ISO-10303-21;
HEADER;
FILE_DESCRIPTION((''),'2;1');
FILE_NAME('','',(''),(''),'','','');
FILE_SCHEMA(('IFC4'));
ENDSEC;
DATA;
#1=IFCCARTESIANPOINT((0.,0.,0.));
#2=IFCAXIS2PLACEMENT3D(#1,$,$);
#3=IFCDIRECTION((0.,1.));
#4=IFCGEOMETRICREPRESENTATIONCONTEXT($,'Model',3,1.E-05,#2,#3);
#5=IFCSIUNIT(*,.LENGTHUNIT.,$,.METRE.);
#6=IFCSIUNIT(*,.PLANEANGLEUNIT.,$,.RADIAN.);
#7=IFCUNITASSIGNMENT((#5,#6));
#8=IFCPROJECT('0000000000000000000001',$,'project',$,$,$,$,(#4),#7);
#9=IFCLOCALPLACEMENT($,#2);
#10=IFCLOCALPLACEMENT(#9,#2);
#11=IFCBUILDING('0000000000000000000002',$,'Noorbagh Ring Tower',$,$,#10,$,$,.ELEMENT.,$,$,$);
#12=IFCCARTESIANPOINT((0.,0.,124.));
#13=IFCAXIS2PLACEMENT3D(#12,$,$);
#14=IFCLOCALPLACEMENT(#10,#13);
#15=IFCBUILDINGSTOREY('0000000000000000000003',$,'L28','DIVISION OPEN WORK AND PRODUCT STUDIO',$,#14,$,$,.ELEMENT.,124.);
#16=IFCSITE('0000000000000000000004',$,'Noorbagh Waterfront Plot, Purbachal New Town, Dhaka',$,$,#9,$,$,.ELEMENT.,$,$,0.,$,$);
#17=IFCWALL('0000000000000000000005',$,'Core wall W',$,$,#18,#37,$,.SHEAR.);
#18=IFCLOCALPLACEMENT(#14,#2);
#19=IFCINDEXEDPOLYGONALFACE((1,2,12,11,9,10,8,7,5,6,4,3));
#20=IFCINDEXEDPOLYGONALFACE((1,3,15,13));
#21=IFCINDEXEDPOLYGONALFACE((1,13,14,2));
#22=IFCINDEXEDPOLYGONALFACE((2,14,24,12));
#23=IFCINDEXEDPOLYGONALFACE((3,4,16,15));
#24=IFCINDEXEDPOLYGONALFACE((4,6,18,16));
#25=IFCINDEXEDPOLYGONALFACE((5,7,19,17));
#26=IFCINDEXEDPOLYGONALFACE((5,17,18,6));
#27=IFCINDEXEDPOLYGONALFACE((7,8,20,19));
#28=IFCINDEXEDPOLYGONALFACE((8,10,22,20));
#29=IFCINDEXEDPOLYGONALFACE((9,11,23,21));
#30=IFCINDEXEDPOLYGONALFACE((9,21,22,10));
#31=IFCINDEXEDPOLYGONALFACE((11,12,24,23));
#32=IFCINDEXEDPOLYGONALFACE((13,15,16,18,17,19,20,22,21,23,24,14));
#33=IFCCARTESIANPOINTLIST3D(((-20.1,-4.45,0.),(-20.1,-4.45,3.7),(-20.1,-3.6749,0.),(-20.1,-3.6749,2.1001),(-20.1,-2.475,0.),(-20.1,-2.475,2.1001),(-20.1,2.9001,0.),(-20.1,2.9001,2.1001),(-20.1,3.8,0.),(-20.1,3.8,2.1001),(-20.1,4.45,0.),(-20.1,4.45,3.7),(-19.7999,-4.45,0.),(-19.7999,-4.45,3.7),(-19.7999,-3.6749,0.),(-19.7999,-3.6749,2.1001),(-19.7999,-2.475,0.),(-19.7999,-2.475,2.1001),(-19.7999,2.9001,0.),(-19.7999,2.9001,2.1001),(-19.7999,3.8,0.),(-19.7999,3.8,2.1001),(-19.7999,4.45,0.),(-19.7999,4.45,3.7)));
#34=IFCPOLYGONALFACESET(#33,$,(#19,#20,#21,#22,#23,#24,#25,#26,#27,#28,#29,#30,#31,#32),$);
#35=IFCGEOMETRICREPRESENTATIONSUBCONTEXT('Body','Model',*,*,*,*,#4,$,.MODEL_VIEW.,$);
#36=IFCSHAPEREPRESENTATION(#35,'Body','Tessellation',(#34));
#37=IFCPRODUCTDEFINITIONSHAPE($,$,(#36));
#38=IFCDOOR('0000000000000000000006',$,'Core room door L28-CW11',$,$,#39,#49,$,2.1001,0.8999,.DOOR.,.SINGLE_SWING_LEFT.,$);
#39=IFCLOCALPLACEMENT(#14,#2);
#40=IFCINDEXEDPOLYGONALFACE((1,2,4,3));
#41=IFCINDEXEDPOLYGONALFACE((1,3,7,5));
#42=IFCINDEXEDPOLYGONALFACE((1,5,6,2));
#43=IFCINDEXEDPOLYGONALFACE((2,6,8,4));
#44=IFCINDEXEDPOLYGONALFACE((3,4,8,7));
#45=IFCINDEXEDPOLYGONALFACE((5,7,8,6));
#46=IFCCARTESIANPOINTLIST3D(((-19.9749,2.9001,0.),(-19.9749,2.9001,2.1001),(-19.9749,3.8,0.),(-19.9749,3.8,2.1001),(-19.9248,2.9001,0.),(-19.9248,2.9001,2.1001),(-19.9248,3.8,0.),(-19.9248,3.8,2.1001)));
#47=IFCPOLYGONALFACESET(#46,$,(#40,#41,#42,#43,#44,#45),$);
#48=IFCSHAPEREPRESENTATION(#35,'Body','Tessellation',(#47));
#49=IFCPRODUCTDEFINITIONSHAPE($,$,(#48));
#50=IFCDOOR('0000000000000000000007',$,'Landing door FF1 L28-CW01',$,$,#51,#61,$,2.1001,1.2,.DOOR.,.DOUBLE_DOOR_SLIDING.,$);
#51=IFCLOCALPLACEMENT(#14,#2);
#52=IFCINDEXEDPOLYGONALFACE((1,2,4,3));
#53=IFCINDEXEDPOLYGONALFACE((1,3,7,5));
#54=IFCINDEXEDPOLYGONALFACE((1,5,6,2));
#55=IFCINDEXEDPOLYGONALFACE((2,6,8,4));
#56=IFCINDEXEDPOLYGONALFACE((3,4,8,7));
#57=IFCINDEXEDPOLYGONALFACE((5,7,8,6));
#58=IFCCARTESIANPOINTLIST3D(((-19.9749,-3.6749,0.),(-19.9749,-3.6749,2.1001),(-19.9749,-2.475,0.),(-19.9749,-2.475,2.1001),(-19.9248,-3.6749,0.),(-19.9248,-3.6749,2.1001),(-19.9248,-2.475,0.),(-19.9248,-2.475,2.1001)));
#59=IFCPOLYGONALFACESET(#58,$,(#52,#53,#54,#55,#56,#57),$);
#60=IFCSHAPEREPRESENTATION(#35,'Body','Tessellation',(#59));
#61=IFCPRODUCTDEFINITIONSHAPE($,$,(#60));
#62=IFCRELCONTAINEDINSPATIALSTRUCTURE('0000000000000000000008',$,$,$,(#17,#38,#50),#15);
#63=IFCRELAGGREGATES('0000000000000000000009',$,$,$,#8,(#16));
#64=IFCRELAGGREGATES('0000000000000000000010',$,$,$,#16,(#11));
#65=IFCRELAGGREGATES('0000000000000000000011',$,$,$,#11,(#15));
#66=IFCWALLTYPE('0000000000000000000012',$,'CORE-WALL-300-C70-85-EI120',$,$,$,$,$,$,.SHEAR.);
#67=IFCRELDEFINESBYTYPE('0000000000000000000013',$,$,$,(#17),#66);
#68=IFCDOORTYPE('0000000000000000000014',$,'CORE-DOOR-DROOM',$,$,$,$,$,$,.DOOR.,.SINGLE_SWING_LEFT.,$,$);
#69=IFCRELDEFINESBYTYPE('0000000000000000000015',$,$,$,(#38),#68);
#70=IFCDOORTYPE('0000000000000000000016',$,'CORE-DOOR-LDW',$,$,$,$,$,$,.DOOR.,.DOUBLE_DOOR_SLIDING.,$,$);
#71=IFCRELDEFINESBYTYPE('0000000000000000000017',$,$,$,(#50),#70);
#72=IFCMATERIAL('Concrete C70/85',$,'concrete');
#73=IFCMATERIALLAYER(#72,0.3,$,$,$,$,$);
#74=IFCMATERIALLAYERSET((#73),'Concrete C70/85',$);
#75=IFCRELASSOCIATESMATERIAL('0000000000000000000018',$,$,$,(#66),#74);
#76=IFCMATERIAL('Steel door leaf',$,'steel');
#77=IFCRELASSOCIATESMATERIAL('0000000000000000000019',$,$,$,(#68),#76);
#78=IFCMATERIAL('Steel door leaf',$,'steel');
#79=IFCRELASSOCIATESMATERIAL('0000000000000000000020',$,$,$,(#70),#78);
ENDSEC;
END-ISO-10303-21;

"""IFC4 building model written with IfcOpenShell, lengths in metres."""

from ifc_helpers import new_model, si_unit, direction, frame, frame_2d, origin, place, context, subcontext, project, spatial, rectangle, extrude, material, layer, layer_set, type_object, element, fill, save


model = new_model("IFC4")

# Units and contexts
model_context = context("Model", 3, precision=1e-05, world=origin(), true_north=direction((0.0, 1.0)))
body_context = subcontext(model_context, "Body", "Model", "MODEL_VIEW")
ifc_project = project(units=[si_unit("LENGTHUNIT", "METRE"), si_unit("PLANEANGLEUNIT", "RADIAN")], contexts=[model_context])

# Site, building, storey
site_placement = place(None, origin())
site = spatial("IfcSite", under=ifc_project, at=site_placement, Name="Noorbagh Waterfront Plot, Purbachal New Town, Dhaka", CompositionType="ELEMENT", RefElevation=0.0)
building_placement = place(site_placement, origin())
building = spatial("IfcBuilding", under=site, at=building_placement, Name="Noorbagh Ring Tower", CompositionType="ELEMENT")
storey_placement = place(building_placement, frame((0.0, 0.0, 124.0)))
storey = spatial("IfcBuildingStorey", under=building, at=storey_placement, Name="L28", Description="DIVISION OPEN WORK AND PRODUCT STUDIO", CompositionType="ELEMENT", Elevation=124.0)

# Shared definitions
ifc_material_1 = material(Name="Concrete C70/85", Category="concrete")
ifc_layer_1 = layer(ifc_material_1, 0.3)
ifc_layer_set_1 = layer_set([ifc_layer_1], Name="Concrete C70/85")
wall_type_1 = type_object("IfcWallType", Name="CORE-WALL-300-C70-85-EI120", PredefinedType="SHEAR", material=ifc_layer_set_1)

# Wall, openings, doors
wall_1_placement = place(storey_placement, frame((-19.95, -4.45, 0.0), z_axis=(0.0, 0.0, 1.0), x_axis=(0.0, 1.0, 0.0)))
wall_1 = element("IfcWall", 1, at=wall_1_placement, inside=storey, type_object=wall_type_1, Name="Core wall W", PredefinedType="SHEAR", context=body_context, shape_type="SweptSolid", body=[
    extrude(rectangle(XDim=8.8999, YDim=0.3, at=frame_2d((4.45, 0.0))), origin(), (0.0, 0.0, 1.0), 3.7),
])
opening_1_placement = place(wall_1_placement, frame((0.7749, 0.0, 0.0)))
opening_1 = element("IfcOpeningElement", 2, at=opening_1_placement, cuts=wall_1, PredefinedType="OPENING", context=body_context, shape_type="SweptSolid", body=[
    extrude(rectangle(XDim=1.2, YDim=2.1001, at=frame_2d((0.6001, 1.05))), frame((0.0, 0.1602, 0.0), z_axis=(0.0, -1.0, 0.0), x_axis=(1.0, 0.0, 0.0)), (0.0, 0.0, 1.0), 0.3201),
])
opening_2_placement = place(wall_1_placement, frame((7.3501, 0.0, 0.0)))
opening_2 = element("IfcOpeningElement", 3, at=opening_2_placement, cuts=wall_1, PredefinedType="OPENING", context=body_context, shape_type="SweptSolid", body=[
    extrude(rectangle(XDim=0.8999, YDim=2.1001, at=frame_2d((0.45, 1.05))), frame((0.0, 0.1602, 0.0), z_axis=(0.0, -1.0, 0.0), x_axis=(1.0, 0.0, 0.0)), (0.0, 0.0, 1.0), 0.3201),
])
ifc_material_2 = material(Name="Steel door leaf", Category="steel")
door_type_1 = type_object("IfcDoorType", Name="CORE-DOOR-DROOM", OperationType="SINGLE_SWING_LEFT", PredefinedType="DOOR", material=ifc_material_2)
door_1_placement = place(opening_2_placement, origin())
door_1 = element("IfcDoor", 4, at=door_1_placement, inside=storey, type_object=door_type_1, Name="Core room door L28-CW11", OperationType="SINGLE_SWING_LEFT", OverallHeight=2.1001, OverallWidth=0.8999, PredefinedType="DOOR", context=body_context, shape_type="SweptSolid", body=[
    extrude(rectangle(XDim=0.8999, YDim=2.1001, at=frame_2d((0.45, 1.05))), frame((0.0, 0.0249, 0.0), z_axis=(0.0, -1.0, 0.0), x_axis=(1.0, 0.0, 0.0)), (0.0, 0.0, 1.0), 0.05),
])
fill(opening_2, door_1)
ifc_material_3 = material(Name="Steel door leaf", Category="steel")
door_type_2 = type_object("IfcDoorType", Name="CORE-DOOR-LDW", OperationType="DOUBLE_DOOR_SLIDING", PredefinedType="DOOR", material=ifc_material_3)
door_2_placement = place(opening_1_placement, origin())
door_2 = element("IfcDoor", 5, at=door_2_placement, inside=storey, type_object=door_type_2, Name="Landing door FF1 L28-CW01", OperationType="DOUBLE_DOOR_SLIDING", OverallHeight=2.1001, OverallWidth=1.2, PredefinedType="DOOR", context=body_context, shape_type="SweptSolid", body=[
    extrude(rectangle(XDim=1.2, YDim=2.1001, at=frame_2d((0.6001, 1.05))), frame((0.0, 0.0249, 0.0), z_axis=(0.0, -1.0, 0.0), x_axis=(1.0, 0.0, 0.0)), (0.0, 0.0, 1.0), 0.05),
])
fill(opening_1, door_2)

save(model, "model.ifc")
